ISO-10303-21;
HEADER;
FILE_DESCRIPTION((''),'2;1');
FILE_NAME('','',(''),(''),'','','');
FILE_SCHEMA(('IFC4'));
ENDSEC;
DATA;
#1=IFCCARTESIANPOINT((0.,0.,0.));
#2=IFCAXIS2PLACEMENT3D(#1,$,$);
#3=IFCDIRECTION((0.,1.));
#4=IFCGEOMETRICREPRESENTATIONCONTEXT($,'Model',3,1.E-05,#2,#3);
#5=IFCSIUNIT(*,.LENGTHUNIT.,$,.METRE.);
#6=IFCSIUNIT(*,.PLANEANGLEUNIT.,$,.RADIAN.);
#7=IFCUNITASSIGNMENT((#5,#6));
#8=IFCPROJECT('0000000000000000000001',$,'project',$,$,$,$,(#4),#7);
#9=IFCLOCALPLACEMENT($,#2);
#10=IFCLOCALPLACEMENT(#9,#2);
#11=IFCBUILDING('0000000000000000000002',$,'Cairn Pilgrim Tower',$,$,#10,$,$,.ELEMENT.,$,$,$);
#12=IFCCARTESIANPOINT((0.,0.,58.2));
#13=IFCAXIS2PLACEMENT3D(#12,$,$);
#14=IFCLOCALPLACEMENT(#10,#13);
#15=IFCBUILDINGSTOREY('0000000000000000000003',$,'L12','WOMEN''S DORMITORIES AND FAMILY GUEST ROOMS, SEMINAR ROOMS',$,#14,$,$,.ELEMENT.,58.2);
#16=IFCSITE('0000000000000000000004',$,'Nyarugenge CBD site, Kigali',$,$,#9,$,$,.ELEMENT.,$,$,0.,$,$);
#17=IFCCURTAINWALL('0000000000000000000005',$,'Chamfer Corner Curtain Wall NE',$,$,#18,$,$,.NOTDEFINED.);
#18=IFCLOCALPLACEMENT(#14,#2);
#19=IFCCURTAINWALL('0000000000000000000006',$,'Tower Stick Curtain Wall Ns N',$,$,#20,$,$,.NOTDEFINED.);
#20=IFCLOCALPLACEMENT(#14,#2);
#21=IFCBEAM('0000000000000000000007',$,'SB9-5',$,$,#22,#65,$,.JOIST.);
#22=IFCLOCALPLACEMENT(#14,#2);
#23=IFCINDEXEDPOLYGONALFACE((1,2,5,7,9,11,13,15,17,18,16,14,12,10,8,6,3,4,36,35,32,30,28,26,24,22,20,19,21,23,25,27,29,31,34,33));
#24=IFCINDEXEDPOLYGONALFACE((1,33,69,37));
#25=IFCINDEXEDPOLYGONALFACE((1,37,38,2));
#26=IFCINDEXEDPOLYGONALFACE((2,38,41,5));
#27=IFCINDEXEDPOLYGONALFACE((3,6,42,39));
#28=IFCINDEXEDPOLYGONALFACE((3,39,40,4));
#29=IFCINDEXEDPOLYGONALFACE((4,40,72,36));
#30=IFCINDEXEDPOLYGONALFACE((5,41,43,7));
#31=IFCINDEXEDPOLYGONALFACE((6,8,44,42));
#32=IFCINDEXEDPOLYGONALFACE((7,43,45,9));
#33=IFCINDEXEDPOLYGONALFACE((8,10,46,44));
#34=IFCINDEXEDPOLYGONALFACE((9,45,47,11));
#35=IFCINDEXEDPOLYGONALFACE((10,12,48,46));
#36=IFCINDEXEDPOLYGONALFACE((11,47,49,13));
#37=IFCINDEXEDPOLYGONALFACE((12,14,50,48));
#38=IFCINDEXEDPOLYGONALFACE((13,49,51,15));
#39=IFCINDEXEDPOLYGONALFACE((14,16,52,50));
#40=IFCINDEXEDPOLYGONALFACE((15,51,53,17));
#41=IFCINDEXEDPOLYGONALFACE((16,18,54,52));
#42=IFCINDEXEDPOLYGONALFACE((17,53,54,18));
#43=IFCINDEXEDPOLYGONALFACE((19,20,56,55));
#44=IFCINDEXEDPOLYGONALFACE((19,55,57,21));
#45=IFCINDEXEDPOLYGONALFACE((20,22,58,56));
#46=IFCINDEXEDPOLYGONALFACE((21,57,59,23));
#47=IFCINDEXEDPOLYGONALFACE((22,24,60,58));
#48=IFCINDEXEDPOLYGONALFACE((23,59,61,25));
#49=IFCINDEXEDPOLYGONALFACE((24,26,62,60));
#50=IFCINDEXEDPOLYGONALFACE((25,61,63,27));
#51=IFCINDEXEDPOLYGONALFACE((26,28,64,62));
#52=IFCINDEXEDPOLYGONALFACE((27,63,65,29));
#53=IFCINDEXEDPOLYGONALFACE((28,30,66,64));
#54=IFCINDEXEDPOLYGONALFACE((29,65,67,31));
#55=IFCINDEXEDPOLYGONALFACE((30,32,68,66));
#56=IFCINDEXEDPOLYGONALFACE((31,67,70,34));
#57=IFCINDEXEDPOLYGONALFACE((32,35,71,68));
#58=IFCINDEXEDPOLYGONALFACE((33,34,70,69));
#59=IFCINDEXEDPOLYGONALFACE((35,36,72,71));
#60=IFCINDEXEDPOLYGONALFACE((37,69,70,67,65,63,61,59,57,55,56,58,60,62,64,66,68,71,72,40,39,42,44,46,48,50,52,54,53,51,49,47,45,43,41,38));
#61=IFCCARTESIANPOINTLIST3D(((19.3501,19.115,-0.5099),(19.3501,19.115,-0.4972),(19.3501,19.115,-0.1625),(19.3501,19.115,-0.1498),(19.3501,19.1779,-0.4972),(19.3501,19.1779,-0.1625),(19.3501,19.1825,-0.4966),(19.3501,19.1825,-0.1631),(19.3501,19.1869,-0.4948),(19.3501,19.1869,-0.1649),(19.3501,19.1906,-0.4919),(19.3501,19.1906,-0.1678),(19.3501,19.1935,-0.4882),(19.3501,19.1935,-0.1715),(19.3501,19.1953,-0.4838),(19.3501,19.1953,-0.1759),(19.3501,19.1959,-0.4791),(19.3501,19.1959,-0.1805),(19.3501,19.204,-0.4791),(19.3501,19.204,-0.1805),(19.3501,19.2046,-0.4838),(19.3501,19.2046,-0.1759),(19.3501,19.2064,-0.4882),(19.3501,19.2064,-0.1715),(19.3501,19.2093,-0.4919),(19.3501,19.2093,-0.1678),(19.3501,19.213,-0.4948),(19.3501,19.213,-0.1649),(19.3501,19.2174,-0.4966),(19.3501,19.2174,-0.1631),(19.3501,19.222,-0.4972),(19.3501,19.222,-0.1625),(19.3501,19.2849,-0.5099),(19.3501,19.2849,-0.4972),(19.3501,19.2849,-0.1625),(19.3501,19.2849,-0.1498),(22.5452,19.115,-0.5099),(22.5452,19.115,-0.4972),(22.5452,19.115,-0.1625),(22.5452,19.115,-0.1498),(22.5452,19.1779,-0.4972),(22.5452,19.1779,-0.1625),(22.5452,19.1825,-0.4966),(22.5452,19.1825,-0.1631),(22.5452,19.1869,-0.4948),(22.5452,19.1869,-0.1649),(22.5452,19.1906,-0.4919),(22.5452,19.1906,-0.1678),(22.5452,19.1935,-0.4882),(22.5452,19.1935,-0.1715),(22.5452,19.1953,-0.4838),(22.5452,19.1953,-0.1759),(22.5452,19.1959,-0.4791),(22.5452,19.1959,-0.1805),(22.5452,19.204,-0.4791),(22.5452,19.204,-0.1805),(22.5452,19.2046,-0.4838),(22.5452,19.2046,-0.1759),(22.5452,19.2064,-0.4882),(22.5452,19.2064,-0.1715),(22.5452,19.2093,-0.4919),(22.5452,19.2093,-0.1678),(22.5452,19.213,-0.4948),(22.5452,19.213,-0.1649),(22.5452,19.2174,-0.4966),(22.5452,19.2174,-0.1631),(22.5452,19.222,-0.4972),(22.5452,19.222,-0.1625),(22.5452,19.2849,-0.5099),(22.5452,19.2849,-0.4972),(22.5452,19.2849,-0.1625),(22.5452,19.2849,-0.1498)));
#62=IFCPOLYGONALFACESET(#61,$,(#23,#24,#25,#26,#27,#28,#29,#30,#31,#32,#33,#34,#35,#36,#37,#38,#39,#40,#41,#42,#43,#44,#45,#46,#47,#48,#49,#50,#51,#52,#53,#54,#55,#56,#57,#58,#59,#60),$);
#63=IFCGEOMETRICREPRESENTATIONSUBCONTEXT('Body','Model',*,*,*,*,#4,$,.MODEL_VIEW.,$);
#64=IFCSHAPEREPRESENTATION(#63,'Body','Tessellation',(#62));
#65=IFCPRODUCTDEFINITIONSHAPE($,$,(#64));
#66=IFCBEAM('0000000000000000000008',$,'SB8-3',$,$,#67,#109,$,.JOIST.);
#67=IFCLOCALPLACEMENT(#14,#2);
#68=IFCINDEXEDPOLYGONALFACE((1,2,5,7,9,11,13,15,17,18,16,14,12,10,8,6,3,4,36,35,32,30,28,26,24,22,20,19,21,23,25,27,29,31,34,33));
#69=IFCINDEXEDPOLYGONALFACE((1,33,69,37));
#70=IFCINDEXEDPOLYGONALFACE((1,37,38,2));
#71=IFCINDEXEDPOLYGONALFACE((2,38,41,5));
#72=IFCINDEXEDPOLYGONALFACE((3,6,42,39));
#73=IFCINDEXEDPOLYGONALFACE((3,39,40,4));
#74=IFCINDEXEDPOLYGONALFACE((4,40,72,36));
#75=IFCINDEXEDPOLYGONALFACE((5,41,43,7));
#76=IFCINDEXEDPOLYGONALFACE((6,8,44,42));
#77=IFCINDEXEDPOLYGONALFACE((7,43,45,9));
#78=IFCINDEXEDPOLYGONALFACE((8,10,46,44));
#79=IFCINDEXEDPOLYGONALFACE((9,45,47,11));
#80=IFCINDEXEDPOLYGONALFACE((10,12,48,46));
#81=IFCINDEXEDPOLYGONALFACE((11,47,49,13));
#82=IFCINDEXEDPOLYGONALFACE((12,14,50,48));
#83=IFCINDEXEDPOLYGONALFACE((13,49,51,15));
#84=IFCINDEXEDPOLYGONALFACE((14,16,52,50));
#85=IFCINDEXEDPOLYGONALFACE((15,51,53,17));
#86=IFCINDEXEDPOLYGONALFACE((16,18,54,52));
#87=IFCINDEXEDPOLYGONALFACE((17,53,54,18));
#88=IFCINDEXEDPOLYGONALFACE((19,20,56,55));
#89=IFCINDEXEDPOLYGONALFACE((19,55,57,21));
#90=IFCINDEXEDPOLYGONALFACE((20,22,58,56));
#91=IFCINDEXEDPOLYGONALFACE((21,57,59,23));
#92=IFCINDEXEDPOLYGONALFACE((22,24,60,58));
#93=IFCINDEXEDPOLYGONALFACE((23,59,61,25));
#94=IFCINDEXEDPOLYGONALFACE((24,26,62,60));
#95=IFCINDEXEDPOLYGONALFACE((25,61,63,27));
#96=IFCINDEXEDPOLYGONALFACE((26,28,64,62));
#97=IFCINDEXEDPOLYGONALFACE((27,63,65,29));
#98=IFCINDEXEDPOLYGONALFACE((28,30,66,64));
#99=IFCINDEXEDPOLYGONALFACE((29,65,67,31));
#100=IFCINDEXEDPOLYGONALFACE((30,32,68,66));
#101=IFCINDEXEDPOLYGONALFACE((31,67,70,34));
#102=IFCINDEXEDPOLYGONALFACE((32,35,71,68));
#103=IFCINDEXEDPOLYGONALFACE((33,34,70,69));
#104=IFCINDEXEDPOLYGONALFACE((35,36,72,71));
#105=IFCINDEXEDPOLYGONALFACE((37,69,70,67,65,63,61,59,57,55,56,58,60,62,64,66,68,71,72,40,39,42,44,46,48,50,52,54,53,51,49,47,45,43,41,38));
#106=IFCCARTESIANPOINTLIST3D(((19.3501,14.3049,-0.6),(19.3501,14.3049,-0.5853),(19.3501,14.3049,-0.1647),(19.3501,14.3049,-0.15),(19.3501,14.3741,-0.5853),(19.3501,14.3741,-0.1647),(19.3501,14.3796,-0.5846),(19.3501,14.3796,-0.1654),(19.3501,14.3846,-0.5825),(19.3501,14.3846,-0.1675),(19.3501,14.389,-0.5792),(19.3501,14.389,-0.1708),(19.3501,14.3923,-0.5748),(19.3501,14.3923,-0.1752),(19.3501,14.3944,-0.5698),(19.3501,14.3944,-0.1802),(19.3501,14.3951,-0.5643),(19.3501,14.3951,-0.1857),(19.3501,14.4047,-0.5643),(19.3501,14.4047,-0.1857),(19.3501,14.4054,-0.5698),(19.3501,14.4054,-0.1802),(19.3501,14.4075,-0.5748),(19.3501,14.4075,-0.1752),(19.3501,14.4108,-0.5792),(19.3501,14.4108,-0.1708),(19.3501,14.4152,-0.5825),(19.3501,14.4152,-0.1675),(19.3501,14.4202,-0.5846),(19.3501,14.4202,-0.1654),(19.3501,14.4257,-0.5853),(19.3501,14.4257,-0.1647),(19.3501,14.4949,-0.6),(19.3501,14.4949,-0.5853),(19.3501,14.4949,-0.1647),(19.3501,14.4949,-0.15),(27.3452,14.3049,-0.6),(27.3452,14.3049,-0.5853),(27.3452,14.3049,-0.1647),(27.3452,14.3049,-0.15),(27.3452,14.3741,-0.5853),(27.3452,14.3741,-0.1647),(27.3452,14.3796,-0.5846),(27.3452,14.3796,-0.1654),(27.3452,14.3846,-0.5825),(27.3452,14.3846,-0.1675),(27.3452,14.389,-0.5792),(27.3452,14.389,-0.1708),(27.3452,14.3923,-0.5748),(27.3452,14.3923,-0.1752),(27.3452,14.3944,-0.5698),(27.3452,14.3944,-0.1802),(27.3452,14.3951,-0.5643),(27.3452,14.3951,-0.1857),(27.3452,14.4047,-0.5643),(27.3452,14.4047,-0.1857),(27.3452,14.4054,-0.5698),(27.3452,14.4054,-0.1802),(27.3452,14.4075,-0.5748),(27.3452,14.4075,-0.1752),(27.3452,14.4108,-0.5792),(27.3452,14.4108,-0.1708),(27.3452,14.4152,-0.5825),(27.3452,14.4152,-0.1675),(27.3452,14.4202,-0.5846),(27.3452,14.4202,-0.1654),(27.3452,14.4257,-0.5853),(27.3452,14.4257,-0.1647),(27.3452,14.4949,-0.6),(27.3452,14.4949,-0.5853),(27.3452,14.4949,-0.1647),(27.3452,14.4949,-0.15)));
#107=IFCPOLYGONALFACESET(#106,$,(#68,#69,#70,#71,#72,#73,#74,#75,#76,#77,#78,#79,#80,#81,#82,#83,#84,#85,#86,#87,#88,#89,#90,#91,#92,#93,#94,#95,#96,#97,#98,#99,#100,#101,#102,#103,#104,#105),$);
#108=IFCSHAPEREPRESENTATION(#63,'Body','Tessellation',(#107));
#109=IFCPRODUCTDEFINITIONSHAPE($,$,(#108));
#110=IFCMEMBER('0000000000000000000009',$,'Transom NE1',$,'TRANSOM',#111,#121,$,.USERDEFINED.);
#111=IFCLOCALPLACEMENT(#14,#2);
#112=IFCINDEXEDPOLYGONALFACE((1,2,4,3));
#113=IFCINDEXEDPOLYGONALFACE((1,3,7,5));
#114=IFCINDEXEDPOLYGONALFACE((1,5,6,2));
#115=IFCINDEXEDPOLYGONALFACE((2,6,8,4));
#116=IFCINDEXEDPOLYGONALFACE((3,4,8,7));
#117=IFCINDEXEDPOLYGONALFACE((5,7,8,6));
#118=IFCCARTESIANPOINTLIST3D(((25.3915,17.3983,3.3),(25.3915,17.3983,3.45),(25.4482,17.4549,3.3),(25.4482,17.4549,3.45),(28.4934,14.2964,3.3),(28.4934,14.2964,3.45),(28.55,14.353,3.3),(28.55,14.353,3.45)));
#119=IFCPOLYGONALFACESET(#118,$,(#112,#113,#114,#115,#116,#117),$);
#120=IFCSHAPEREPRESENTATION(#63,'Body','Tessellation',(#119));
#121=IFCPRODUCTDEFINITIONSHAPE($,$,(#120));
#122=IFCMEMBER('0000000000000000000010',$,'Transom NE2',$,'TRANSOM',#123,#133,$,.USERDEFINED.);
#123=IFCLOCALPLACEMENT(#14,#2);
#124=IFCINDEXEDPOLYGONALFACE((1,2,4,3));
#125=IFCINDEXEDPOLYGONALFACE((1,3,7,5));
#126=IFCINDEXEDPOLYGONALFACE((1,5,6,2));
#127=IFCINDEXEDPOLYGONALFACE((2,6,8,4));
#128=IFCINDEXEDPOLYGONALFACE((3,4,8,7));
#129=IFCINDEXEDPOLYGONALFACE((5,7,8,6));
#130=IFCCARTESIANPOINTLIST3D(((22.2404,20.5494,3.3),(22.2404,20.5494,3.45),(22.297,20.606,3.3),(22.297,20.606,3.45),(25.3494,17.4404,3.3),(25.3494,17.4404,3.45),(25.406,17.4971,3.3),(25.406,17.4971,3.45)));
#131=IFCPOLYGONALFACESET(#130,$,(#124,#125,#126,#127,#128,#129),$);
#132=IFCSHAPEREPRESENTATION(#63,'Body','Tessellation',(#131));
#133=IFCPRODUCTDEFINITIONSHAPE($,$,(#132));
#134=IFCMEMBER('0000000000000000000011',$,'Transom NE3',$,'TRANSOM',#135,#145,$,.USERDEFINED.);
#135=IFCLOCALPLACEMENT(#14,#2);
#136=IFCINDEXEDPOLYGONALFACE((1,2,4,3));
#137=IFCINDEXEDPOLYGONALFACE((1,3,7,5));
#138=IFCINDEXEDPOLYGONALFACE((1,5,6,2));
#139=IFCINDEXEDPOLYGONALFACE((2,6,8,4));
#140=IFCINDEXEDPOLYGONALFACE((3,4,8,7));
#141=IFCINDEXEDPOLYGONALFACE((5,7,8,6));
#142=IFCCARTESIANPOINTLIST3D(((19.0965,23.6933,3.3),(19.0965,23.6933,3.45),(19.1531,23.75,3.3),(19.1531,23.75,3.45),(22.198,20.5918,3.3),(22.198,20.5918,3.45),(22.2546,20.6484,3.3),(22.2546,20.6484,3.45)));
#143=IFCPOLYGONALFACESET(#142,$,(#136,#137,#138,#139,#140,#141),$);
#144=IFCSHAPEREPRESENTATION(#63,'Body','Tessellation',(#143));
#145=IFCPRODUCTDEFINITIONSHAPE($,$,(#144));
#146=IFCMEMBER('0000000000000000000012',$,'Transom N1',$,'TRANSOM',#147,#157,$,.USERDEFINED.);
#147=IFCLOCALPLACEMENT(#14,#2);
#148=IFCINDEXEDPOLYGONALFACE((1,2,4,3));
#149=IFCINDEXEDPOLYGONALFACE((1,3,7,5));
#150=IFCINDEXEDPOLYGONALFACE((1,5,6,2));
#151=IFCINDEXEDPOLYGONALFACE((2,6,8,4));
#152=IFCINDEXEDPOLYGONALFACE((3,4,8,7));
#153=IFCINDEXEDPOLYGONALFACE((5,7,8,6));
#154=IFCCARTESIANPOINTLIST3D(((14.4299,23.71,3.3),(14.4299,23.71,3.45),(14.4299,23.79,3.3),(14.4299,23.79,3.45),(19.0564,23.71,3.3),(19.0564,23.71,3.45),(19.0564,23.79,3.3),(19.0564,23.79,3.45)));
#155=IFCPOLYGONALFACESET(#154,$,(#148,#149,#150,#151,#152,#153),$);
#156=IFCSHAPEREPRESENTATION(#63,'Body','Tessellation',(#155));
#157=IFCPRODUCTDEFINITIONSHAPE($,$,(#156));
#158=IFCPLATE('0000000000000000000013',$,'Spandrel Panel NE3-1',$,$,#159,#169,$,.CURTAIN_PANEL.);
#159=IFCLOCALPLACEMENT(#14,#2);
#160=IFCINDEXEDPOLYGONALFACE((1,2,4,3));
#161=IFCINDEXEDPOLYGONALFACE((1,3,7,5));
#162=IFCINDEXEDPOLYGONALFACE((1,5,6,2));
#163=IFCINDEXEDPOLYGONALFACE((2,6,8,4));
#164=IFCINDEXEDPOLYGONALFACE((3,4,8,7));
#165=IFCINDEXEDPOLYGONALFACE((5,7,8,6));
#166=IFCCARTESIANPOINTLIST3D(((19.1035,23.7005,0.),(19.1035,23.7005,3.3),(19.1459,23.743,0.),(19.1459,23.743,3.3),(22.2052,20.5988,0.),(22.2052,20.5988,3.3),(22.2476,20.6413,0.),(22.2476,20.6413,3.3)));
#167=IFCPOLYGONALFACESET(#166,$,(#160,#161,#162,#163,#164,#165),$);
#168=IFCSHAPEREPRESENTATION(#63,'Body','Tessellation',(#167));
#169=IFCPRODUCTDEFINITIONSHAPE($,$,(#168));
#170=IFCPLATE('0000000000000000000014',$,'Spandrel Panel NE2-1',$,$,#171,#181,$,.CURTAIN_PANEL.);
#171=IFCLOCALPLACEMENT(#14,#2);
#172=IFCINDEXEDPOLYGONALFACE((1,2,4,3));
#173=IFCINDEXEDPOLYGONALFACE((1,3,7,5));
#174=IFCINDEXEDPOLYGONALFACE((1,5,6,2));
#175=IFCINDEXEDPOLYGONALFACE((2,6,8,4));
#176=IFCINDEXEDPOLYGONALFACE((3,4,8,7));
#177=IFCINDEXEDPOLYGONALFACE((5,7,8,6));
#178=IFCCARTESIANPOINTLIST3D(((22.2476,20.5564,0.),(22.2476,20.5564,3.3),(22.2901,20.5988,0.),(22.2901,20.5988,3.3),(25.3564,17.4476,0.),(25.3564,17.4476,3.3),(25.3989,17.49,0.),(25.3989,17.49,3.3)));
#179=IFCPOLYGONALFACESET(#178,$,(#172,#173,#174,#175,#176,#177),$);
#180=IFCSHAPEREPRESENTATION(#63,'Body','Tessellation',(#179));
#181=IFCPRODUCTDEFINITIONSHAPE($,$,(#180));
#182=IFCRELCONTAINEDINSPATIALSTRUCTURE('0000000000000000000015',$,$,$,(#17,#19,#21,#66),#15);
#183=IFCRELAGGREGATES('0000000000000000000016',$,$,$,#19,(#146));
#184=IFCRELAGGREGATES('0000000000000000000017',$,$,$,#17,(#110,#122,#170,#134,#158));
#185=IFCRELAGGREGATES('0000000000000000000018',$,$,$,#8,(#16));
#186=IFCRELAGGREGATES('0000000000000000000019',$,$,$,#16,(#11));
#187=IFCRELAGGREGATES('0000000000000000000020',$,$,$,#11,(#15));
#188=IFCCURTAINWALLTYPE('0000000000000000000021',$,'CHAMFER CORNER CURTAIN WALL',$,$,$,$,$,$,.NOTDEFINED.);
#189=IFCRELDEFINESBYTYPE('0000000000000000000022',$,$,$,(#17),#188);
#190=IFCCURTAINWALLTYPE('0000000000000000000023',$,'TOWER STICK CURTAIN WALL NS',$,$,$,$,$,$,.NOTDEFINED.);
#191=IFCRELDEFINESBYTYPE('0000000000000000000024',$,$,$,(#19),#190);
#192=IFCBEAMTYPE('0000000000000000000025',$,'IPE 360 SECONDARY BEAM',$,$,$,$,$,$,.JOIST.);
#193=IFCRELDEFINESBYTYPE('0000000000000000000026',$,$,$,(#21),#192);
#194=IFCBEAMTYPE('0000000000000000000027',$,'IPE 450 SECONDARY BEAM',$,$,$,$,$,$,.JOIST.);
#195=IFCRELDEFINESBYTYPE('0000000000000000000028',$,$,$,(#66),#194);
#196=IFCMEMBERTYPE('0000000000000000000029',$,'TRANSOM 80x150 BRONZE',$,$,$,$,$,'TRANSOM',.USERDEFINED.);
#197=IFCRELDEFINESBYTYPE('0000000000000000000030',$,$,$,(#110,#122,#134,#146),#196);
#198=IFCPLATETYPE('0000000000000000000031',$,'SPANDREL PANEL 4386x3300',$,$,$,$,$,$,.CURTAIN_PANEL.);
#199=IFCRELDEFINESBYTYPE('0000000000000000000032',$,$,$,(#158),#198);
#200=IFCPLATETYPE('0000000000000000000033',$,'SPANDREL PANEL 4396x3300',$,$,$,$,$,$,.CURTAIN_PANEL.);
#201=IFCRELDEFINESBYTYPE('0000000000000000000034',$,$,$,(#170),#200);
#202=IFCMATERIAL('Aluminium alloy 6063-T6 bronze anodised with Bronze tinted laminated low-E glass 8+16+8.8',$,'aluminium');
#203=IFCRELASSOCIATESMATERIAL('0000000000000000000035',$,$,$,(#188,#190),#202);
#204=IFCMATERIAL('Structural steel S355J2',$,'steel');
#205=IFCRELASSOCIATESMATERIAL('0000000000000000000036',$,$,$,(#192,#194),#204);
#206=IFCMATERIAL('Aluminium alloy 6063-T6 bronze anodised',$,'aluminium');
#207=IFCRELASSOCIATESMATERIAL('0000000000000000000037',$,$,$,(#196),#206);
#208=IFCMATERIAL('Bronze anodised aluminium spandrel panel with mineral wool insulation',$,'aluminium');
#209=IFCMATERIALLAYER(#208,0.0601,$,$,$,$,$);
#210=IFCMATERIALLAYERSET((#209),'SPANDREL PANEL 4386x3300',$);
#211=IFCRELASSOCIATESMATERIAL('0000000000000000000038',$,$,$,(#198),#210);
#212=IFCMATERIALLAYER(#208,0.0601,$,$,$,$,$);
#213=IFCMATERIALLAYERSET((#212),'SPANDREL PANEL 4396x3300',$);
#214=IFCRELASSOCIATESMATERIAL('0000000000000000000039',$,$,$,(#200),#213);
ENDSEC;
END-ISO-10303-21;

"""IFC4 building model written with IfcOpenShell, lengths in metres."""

from ifc_helpers import new_model, si_unit, direction, frame, origin, origin_2d, place, context, subcontext, project, spatial, rectangle, i_section, extrude, material, layer, layer_set, material_profile, profile_set, type_object, element, aggregate, save


model = new_model("IFC4")

# Units and contexts
model_context = context("Model", 3, precision=1e-05, world=origin(), true_north=direction((0.0, 1.0)))
body_context = subcontext(model_context, "Body", "Model", "MODEL_VIEW")
ifc_project = project(units=[si_unit("LENGTHUNIT", "METRE"), si_unit("PLANEANGLEUNIT", "RADIAN")], contexts=[model_context])

# Site, building, storey
site_placement = place(None, origin())
site = spatial("IfcSite", under=ifc_project, at=site_placement, Name="Nyarugenge CBD site, Kigali", CompositionType="ELEMENT", RefElevation=0.0)
building_placement = place(site_placement, origin())
building = spatial("IfcBuilding", under=site, at=building_placement, Name="Cairn Pilgrim Tower", CompositionType="ELEMENT")
storey_placement = place(building_placement, frame((0.0, 0.0, 58.2)))
storey = spatial("IfcBuildingStorey", under=building, at=storey_placement, Name="L12", Description="WOMEN'S DORMITORIES AND FAMILY GUEST ROOMS, SEMINAR ROOMS", CompositionType="ELEMENT", Elevation=58.2)

# Shared definitions
ifc_material_1 = material(Name="Structural steel S355J2", Category="steel")

# Curtain wall
ifc_material_2 = material(Name="Aluminium alloy 6063-T6 bronze anodised with Bronze tinted laminated low-E glass 8+16+8.8", Category="aluminium")
curtain_wall_type_1 = type_object("IfcCurtainWallType", Name="CHAMFER CORNER CURTAIN WALL", PredefinedType="NOTDEFINED", material=ifc_material_2)
curtain_wall_1_placement = place(storey_placement, origin())
curtain_wall_1 = element("IfcCurtainWall", 1, at=curtain_wall_1_placement, inside=storey, type_object=curtain_wall_type_1, Name="Chamfer Corner Curtain Wall NE", PredefinedType="NOTDEFINED")
ifc_material_3 = material(Name="Aluminium alloy 6063-T6 bronze anodised", Category="aluminium")

# Curtain wall
curtain_wall_type_2 = type_object("IfcCurtainWallType", Name="TOWER STICK CURTAIN WALL NS", PredefinedType="NOTDEFINED", material=ifc_material_2)
curtain_wall_2_placement = place(storey_placement, origin())
curtain_wall_2 = element("IfcCurtainWall", 2, at=curtain_wall_2_placement, inside=storey, type_object=curtain_wall_type_2, Name="Tower Stick Curtain Wall Ns N", PredefinedType="NOTDEFINED")

# Beams
ifc_material_profile_1 = material_profile(ifc_material_1, i_section(OverallWidth=0.1699, OverallDepth=0.3601, WebThickness=0.0081, FlangeThickness=0.0127, FilletRadius=0.0181, at=origin_2d()), Name="IPE 360")
ifc_profile_set_1 = profile_set([ifc_material_profile_1], Name="Structural steel S355J2")
beam_type_1 = type_object("IfcBeamType", Name="IPE 360 SECONDARY BEAM", PredefinedType="JOIST", material=ifc_profile_set_1)
beam_1_placement = place(storey_placement, frame((19.3501, 19.2, -0.3298), z_axis=(1.0, 0.0, 0.0), x_axis=(0.0, 1.0, 0.0)))
element("IfcBeam", 3, at=beam_1_placement, inside=storey, type_object=beam_type_1, Name="SB9-5", PredefinedType="JOIST", context=body_context, shape_type="SweptSolid", body=[
    extrude(i_section(OverallWidth=0.1699, OverallDepth=0.3601, WebThickness=0.0081, FlangeThickness=0.0127, FilletRadius=0.0181, at=origin_2d()), origin(), (0.0, 0.0, 1.0), 3.1951),
])
ifc_material_profile_2 = material_profile(ifc_material_1, i_section(OverallWidth=0.1899, OverallDepth=0.45, WebThickness=0.0095, FlangeThickness=0.0146, FilletRadius=0.021, at=origin_2d()), Name="IPE 450")
ifc_profile_set_2 = profile_set([ifc_material_profile_2], Name="Structural steel S355J2")
beam_type_2 = type_object("IfcBeamType", Name="IPE 450 SECONDARY BEAM", PredefinedType="JOIST", material=ifc_profile_set_2)
beam_2_placement = place(storey_placement, frame((19.3501, 14.3999, -0.375), z_axis=(1.0, 0.0, 0.0), x_axis=(0.0, 1.0, 0.0)))
element("IfcBeam", 4, at=beam_2_placement, inside=storey, type_object=beam_type_2, Name="SB8-3", PredefinedType="JOIST", context=body_context, shape_type="SweptSolid", body=[
    extrude(i_section(OverallWidth=0.1899, OverallDepth=0.45, WebThickness=0.0095, FlangeThickness=0.0146, FilletRadius=0.021, at=origin_2d()), origin(), (0.0, 0.0, 1.0), 7.9951),
])

# Members
ifc_material_profile_3 = material_profile(ifc_material_3, rectangle(XDim=0.0801, YDim=0.1499, at=origin_2d()), Name="TRANSOM 80x150 BRONZE")
ifc_profile_set_3 = profile_set([ifc_material_profile_3], Name="Aluminium alloy 6063-T6 bronze anodised")
member_type_1 = type_object("IfcMemberType", Name="TRANSOM 80x150 BRONZE", ElementType="TRANSOM", PredefinedType="USERDEFINED", material=ifc_profile_set_3)
member_1_placement = place(storey_placement, frame((28.5217, 14.3247, 3.375), z_axis=(-0.707107, 0.707107, 0.0), x_axis=(-0.707107, -0.707107, 0.0)))
member_1 = element("IfcMember", 5, at=member_1_placement, type_object=member_type_1, Name="Transom NE1", ObjectType="TRANSOM", PredefinedType="USERDEFINED", context=body_context, shape_type="SweptSolid", body=[
    extrude(rectangle(XDim=0.0801, YDim=0.1499, at=origin_2d()), origin(), (0.0, 0.0, 1.0), 4.3867),
])
member_2_placement = place(storey_placement, frame((25.3777, 17.4688, 3.375), z_axis=(-0.707107, 0.707107, 0.0), x_axis=(-0.707107, -0.707107, 0.0)))
member_2 = element("IfcMember", 6, at=member_2_placement, type_object=member_type_1, Name="Transom NE2", ObjectType="TRANSOM", PredefinedType="USERDEFINED", context=body_context, shape_type="SweptSolid", body=[
    extrude(rectangle(XDim=0.0801, YDim=0.1499, at=origin_2d()), origin(), (0.0, 0.0, 1.0), 4.3967),
])
member_3_placement = place(storey_placement, frame((22.2263, 20.6201, 3.375), z_axis=(-0.707107, 0.707107, 0.0), x_axis=(-0.707107, -0.707107, 0.0)))
member_3 = element("IfcMember", 7, at=member_3_placement, type_object=member_type_1, Name="Transom NE3", ObjectType="TRANSOM", PredefinedType="USERDEFINED", context=body_context, shape_type="SweptSolid", body=[
    extrude(rectangle(XDim=0.0801, YDim=0.1499, at=origin_2d()), origin(), (0.0, 0.0, 1.0), 4.3862),
])
member_4_placement = place(storey_placement, frame((19.0564, 23.75, 3.375), z_axis=(-1.0, 0.0, 0.0), x_axis=(0.0, -1.0, 0.0)))
member_4 = element("IfcMember", 8, at=member_4_placement, type_object=member_type_1, Name="Transom N1", ObjectType="TRANSOM", PredefinedType="USERDEFINED", context=body_context, shape_type="SweptSolid", body=[
    extrude(rectangle(XDim=0.0801, YDim=0.1499, at=origin_2d()), origin(), (0.0, 0.0, 1.0), 4.6265),
])
aggregate(curtain_wall_2, [member_4])

# Plates
ifc_material_4 = material(Name="Bronze anodised aluminium spandrel panel with mineral wool insulation", Category="aluminium")
ifc_layer_1 = layer(ifc_material_4, 0.0601)
ifc_layer_set_1 = layer_set([ifc_layer_1], Name="SPANDREL PANEL 4386x3300")
plate_type_1 = type_object("IfcPlateType", Name="SPANDREL PANEL 4386x3300", PredefinedType="CURTAIN_PANEL", material=ifc_layer_set_1)
plate_1_placement = place(storey_placement, frame((20.6755, 22.1709, 0.0), z_axis=(0.0, 0.0, 1.0), x_axis=(-0.707107, 0.707107, 0.0)))
plate_1 = element("IfcPlate", 9, at=plate_1_placement, type_object=plate_type_1, Name="Spandrel Panel NE3-1", PredefinedType="CURTAIN_PANEL", context=body_context, shape_type="SweptSolid", body=[
    extrude(rectangle(XDim=4.3865, YDim=0.0601, at=origin_2d()), origin(), (0.0, 0.0, 1.0), 3.3),
])
ifc_layer_2 = layer(ifc_material_4, 0.0601)
ifc_layer_set_2 = layer_set([ifc_layer_2], Name="SPANDREL PANEL 4396x3300")
plate_type_2 = type_object("IfcPlateType", Name="SPANDREL PANEL 4396x3300", PredefinedType="CURTAIN_PANEL", material=ifc_layer_set_2)
plate_2_placement = place(storey_placement, frame((23.8232, 19.0232, 0.0), z_axis=(0.0, 0.0, 1.0), x_axis=(-0.707107, 0.707107, 0.0)))
plate_2 = element("IfcPlate", 10, at=plate_2_placement, type_object=plate_type_2, Name="Spandrel Panel NE2-1", PredefinedType="CURTAIN_PANEL", context=body_context, shape_type="SweptSolid", body=[
    extrude(rectangle(XDim=4.3965, YDim=0.0601, at=origin_2d()), origin(), (0.0, 0.0, 1.0), 3.3),
])
aggregate(curtain_wall_1, [member_1, member_2, plate_2, member_3, plate_1])

save(model, "model.ifc")
